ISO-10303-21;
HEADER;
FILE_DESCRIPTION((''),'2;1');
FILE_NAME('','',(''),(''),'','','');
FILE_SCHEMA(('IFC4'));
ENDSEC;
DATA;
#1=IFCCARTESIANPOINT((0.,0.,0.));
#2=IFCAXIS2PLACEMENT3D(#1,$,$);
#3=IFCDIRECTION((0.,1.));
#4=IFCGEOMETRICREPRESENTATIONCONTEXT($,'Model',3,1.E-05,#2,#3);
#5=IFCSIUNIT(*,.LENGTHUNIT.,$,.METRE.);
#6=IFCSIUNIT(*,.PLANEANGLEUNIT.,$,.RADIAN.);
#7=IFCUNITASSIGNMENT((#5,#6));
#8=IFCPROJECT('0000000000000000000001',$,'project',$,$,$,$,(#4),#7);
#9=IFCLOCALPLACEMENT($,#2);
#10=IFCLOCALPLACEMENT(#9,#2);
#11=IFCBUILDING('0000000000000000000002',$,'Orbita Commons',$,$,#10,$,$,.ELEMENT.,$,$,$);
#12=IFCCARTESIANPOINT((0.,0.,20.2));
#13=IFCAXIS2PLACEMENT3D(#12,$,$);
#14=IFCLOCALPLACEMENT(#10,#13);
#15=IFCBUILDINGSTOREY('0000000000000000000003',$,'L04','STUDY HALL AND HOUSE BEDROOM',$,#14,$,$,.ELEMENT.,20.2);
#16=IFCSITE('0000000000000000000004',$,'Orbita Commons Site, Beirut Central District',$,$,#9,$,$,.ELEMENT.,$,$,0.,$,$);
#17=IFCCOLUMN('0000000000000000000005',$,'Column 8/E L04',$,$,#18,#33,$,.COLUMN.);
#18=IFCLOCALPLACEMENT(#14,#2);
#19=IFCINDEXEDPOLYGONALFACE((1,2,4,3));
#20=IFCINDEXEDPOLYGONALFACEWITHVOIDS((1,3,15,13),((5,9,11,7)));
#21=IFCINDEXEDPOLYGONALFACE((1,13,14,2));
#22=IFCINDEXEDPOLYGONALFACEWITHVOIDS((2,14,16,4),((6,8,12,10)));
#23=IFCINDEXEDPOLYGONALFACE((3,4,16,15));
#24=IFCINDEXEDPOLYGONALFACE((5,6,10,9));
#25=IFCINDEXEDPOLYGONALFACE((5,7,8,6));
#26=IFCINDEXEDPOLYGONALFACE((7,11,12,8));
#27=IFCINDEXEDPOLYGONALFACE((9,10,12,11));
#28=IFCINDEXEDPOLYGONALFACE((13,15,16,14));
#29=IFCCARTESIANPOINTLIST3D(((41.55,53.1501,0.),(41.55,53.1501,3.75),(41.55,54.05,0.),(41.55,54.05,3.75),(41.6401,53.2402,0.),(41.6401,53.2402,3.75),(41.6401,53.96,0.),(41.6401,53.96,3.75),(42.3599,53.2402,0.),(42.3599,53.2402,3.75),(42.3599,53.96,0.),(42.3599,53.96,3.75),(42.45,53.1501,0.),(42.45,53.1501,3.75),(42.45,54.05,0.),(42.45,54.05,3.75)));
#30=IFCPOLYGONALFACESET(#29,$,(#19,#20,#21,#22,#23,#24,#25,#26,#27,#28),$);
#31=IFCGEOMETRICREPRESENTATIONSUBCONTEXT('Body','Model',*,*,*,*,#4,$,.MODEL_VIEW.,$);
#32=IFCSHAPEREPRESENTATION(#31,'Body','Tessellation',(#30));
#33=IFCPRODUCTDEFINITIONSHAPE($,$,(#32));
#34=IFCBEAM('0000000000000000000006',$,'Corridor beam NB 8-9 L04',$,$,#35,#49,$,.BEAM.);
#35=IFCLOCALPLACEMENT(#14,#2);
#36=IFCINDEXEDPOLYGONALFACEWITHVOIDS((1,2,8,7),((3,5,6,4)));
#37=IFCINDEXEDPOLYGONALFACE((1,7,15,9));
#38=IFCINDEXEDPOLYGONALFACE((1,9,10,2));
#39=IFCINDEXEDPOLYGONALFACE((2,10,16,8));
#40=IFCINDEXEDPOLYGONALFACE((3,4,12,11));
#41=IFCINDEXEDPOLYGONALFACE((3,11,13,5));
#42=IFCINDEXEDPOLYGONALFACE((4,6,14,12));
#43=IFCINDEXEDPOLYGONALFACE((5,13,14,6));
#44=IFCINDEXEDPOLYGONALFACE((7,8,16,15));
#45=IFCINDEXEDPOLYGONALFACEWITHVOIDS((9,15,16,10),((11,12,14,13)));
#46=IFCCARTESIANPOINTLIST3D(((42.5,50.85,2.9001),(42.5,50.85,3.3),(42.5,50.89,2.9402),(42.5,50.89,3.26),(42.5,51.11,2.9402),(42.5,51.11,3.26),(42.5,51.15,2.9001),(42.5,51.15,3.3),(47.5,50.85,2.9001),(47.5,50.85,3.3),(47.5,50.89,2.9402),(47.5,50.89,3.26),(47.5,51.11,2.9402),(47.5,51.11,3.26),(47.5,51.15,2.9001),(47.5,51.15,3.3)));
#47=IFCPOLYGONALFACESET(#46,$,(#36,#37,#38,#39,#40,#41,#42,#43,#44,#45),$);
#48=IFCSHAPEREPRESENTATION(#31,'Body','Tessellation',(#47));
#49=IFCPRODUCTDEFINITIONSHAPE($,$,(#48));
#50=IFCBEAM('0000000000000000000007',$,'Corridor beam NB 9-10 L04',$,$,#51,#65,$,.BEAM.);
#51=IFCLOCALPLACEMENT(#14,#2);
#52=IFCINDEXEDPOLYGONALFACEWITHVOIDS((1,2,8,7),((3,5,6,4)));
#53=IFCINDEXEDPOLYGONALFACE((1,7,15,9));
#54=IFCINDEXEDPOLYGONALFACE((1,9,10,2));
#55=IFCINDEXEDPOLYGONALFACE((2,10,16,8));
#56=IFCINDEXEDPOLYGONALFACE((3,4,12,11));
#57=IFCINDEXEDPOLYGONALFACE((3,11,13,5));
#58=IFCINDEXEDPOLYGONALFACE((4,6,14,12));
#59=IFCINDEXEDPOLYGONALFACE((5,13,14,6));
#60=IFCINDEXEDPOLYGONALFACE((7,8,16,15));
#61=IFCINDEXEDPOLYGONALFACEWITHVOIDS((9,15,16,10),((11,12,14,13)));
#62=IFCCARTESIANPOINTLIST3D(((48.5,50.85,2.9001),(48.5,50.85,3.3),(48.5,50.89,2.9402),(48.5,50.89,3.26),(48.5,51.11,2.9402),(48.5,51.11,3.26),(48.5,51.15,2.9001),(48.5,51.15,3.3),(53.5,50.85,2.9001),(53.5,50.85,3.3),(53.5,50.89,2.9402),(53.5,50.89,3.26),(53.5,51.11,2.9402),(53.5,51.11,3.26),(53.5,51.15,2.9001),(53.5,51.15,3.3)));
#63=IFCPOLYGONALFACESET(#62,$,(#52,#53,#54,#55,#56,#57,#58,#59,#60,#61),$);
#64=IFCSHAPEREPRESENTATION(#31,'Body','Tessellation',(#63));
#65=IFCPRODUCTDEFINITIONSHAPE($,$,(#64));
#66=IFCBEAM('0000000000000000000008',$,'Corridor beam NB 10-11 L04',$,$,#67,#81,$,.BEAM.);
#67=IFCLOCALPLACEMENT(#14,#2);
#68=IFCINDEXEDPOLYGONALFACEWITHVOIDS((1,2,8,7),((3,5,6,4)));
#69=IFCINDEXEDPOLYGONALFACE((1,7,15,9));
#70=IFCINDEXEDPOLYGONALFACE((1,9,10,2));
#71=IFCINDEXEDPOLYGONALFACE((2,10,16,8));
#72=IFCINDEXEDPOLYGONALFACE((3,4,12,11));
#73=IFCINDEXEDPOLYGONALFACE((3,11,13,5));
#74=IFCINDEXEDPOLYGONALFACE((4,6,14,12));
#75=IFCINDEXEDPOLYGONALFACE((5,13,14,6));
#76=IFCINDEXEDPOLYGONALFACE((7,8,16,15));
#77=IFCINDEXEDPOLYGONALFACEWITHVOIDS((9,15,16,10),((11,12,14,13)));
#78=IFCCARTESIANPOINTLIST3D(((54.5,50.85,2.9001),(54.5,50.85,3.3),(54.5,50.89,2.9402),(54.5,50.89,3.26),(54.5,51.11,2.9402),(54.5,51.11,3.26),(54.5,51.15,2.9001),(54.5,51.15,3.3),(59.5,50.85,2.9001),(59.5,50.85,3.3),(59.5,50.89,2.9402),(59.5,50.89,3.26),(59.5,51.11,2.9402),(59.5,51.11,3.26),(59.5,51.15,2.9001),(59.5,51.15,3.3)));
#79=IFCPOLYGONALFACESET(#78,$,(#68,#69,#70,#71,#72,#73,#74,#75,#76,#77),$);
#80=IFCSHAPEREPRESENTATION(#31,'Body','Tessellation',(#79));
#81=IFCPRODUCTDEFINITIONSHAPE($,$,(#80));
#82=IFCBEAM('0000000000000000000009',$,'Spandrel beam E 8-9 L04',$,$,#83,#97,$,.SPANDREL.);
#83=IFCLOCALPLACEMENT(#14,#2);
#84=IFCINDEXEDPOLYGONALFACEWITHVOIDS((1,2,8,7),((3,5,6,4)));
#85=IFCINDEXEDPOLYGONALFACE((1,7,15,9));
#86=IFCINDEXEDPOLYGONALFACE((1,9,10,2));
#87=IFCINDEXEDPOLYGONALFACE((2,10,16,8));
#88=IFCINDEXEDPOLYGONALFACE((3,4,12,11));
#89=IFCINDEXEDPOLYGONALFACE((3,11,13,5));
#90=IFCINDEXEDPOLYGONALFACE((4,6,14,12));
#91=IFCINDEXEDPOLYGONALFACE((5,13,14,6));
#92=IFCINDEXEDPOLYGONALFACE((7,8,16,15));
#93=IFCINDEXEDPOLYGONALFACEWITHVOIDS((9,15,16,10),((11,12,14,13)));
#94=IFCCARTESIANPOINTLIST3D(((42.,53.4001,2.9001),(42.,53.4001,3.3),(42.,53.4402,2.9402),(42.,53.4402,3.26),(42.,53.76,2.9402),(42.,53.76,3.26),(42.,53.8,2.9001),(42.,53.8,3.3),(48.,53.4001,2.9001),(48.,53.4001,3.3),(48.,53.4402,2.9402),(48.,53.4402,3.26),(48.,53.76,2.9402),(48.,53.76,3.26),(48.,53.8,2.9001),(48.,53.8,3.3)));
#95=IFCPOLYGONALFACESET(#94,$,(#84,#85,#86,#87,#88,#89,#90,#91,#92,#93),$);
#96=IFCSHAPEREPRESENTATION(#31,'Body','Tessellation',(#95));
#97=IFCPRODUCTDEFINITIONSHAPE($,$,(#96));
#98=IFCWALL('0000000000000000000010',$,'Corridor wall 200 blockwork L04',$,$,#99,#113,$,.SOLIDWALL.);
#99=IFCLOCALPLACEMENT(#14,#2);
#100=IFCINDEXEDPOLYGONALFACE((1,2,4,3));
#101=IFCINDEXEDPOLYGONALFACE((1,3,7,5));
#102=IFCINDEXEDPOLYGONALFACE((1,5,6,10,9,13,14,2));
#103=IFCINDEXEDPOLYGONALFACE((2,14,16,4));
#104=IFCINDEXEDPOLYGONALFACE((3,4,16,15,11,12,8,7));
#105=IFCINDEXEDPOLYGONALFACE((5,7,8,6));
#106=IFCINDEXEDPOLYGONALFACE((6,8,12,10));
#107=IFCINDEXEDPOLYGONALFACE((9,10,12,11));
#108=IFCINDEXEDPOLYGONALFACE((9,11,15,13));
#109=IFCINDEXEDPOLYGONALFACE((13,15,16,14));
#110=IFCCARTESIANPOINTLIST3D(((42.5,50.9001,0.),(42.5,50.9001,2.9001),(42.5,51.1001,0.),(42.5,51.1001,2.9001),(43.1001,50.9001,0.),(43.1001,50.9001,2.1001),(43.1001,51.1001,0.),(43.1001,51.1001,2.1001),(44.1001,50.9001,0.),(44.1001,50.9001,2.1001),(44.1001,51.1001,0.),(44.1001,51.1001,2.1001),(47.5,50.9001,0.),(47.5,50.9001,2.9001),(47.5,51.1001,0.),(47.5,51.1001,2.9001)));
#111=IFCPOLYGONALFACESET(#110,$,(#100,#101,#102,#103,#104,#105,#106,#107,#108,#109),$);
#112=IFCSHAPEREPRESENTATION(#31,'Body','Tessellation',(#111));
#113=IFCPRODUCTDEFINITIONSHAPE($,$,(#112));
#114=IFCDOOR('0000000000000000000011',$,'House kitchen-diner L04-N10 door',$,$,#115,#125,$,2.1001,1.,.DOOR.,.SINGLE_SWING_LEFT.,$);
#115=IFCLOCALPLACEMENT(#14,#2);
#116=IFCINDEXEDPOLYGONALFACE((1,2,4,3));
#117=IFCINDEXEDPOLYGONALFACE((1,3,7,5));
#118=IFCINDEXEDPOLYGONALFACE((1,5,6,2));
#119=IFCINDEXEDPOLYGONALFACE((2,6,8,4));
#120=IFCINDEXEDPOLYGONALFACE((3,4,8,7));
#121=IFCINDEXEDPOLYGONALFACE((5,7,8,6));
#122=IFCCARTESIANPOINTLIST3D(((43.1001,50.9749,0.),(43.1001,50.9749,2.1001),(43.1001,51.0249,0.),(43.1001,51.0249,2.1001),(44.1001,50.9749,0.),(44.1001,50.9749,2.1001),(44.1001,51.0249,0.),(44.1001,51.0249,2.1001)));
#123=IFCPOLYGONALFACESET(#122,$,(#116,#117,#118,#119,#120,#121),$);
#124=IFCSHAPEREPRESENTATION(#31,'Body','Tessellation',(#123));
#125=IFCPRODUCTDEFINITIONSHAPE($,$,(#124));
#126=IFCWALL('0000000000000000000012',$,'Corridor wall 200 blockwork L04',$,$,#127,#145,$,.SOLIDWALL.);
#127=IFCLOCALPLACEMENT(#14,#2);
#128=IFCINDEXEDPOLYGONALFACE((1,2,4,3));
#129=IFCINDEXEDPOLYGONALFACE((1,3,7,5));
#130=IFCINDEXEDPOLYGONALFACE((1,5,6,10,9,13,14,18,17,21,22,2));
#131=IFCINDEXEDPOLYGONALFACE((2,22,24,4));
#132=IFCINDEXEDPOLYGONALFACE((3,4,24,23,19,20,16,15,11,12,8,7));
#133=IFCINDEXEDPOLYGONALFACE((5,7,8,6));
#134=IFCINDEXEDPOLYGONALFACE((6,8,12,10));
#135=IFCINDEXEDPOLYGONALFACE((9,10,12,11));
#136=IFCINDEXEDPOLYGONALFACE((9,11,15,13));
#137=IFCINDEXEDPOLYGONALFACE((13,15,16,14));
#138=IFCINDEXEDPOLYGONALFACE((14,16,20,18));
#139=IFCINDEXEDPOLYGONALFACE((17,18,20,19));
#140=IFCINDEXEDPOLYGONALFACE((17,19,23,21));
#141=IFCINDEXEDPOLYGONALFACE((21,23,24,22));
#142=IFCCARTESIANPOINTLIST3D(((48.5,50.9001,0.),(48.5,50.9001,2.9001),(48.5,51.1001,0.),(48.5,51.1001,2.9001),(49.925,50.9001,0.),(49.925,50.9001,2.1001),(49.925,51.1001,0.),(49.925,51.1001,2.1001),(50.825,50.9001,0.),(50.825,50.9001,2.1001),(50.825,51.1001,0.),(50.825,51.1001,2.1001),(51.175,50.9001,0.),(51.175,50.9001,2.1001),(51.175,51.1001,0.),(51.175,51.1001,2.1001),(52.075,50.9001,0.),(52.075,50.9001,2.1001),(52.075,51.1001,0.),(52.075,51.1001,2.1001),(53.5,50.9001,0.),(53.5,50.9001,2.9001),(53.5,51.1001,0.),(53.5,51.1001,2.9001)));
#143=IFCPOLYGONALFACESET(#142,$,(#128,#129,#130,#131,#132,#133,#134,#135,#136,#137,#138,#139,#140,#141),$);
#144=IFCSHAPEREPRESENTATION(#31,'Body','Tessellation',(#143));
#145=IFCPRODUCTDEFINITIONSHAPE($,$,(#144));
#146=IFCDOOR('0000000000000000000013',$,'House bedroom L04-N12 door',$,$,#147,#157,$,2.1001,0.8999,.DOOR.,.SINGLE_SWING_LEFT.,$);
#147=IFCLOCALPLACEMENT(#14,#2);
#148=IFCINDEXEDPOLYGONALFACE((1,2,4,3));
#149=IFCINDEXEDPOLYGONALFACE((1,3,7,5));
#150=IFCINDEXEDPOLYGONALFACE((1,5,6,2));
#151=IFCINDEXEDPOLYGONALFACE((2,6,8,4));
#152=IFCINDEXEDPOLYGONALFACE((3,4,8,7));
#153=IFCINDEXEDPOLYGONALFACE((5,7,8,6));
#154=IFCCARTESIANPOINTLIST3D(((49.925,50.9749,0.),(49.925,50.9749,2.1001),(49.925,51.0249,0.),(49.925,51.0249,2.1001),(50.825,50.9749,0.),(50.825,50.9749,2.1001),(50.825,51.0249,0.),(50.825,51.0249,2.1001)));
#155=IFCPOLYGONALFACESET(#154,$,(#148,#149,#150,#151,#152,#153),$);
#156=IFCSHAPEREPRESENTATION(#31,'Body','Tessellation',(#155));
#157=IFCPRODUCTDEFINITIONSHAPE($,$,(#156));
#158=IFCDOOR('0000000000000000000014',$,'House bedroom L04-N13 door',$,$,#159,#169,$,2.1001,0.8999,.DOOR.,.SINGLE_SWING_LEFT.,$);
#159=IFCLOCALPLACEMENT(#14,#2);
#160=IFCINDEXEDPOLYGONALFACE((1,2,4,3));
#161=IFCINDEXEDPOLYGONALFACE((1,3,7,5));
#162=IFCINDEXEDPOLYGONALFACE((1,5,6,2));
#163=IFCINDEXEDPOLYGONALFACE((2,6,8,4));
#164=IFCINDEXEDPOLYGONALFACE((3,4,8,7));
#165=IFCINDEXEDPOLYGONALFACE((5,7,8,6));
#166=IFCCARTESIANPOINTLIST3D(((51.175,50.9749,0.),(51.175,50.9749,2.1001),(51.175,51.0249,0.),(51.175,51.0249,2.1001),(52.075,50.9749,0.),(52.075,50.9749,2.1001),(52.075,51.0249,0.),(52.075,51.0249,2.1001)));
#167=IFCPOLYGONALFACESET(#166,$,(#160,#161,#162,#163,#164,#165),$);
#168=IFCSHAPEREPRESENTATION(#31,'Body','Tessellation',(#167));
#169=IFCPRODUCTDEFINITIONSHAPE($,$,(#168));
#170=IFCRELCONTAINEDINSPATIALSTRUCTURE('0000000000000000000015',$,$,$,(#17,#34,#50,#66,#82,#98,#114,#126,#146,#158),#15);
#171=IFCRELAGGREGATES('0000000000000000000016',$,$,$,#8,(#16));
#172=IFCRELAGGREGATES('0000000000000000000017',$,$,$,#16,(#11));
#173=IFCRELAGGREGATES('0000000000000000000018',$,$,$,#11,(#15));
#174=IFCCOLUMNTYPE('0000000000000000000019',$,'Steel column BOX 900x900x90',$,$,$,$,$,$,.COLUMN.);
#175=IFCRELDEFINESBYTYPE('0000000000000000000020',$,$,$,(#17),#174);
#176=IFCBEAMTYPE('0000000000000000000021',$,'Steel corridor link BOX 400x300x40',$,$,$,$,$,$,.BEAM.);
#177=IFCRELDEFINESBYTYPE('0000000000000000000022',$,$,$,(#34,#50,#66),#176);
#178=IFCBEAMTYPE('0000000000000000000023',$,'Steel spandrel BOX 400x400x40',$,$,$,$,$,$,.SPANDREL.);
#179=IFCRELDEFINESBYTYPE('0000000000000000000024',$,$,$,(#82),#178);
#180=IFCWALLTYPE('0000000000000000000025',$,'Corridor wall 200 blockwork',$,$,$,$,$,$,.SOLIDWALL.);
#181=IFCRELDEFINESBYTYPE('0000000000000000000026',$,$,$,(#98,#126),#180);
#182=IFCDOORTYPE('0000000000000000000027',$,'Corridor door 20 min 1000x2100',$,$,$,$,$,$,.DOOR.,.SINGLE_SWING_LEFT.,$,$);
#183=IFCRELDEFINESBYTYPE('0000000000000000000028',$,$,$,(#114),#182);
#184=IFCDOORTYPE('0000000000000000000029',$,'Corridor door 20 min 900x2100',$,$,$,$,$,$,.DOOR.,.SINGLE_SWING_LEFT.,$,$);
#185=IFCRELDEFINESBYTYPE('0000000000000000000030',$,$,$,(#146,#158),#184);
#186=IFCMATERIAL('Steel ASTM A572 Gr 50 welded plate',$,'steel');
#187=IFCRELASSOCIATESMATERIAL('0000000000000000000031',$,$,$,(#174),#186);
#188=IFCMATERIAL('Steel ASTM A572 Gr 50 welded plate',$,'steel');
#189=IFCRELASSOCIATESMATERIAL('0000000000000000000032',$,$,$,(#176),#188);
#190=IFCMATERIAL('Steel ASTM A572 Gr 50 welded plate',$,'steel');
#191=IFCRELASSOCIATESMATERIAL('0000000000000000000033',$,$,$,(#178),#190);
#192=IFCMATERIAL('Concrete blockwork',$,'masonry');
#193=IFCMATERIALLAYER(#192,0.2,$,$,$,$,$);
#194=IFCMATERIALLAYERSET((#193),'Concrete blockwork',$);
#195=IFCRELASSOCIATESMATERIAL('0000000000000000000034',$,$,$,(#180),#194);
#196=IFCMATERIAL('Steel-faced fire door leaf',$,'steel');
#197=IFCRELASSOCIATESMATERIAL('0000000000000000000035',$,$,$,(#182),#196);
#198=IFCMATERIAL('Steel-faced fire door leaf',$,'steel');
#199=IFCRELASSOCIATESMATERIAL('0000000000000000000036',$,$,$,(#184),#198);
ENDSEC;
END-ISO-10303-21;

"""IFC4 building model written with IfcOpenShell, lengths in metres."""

from ifc_helpers import new_model, si_unit, direction, frame, frame_2d, origin, origin_2d, place, context, subcontext, project, spatial, polyline, rectangle, hollow_rectangle, outline, extrude, material, layer, layer_set, material_profile, profile_set, type_object, element, fill, save


model = new_model("IFC4")

# Units and contexts
model_context = context("Model", 3, precision=1e-05, world=origin(), true_north=direction((0.0, 1.0)))
body_context = subcontext(model_context, "Body", "Model", "MODEL_VIEW")
ifc_project = project(units=[si_unit("LENGTHUNIT", "METRE"), si_unit("PLANEANGLEUNIT", "RADIAN")], contexts=[model_context])

# Site, building, storey
site_placement = place(None, origin())
site = spatial("IfcSite", under=ifc_project, at=site_placement, Name="Orbita Commons Site, Beirut Central District", CompositionType="ELEMENT", RefElevation=0.0)
building_placement = place(site_placement, origin())
building = spatial("IfcBuilding", under=site, at=building_placement, Name="Orbita Commons", CompositionType="ELEMENT")
storey_placement = place(building_placement, frame((0.0, 0.0, 20.2)))
storey = spatial("IfcBuildingStorey", under=building, at=storey_placement, Name="L04", Description="STUDY HALL AND HOUSE BEDROOM", CompositionType="ELEMENT", Elevation=20.2)

# Column
ifc_material_1 = material(Name="Steel ASTM A572 Gr 50 welded plate", Category="steel")
ifc_material_profile_1 = material_profile(ifc_material_1, hollow_rectangle(XDim=0.8999, YDim=0.8999, WallThickness=0.0901, at=origin_2d()), Name="BOX 900x900x90")
ifc_profile_set_1 = profile_set([ifc_material_profile_1], Name="Steel ASTM A572 Gr 50 welded plate")
column_type = type_object("IfcColumnType", Name="Steel column BOX 900x900x90", PredefinedType="COLUMN", material=ifc_profile_set_1)
column_placement = place(storey_placement, frame((42.0, 53.6001, 0.0), z_axis=(0.0, 0.0, 1.0), x_axis=(1.0, 0.0, 0.0)))
element("IfcColumn", 1, at=column_placement, inside=storey, type_object=column_type, Name="Column 8/E L04", PredefinedType="COLUMN", context=body_context, shape_type="SweptSolid", body=[
    extrude(hollow_rectangle(XDim=0.8999, YDim=0.8999, WallThickness=0.0901, at=origin_2d()), origin(), (0.0, 0.0, 1.0), 3.75),
])

# Beams
ifc_material_2 = material(Name="Steel ASTM A572 Gr 50 welded plate", Category="steel")
ifc_material_profile_2 = material_profile(ifc_material_2, hollow_rectangle(XDim=0.3, YDim=0.3999, WallThickness=0.04, at=origin_2d()), Name="BOX 400x300x40")
ifc_profile_set_2 = profile_set([ifc_material_profile_2], Name="Steel ASTM A572 Gr 50 welded plate")
beam_type_1 = type_object("IfcBeamType", Name="Steel corridor link BOX 400x300x40", PredefinedType="BEAM", material=ifc_profile_set_2)
for number, where, z_axis, x_axis, name in (
    (2, (42.5, 51.0, 3.1001), (1.0, 0.0, 0.0), (0.0, 1.0, 0.0), "Corridor beam NB 8-9 L04"),
    (3, (48.5, 51.0, 3.1001), (1.0, 0.0, 0.0), (0.0, 1.0, 0.0), "Corridor beam NB 9-10 L04"),
    (4, (54.5, 51.0, 3.1001), (1.0, 0.0, 0.0), (0.0, 1.0, 0.0), "Corridor beam NB 10-11 L04"),
):
    element("IfcBeam", number, at=place(storey_placement, frame(where, z_axis=z_axis, x_axis=x_axis)), inside=storey, type_object=beam_type_1, Name=name, PredefinedType="BEAM", context=body_context, shape_type="SweptSolid", body=[
        extrude(hollow_rectangle(XDim=0.3, YDim=0.3999, WallThickness=0.04, at=origin_2d()), origin(), (0.0, 0.0, 1.0), 5.0),
    ])
ifc_material_3 = material(Name="Steel ASTM A572 Gr 50 welded plate", Category="steel")
ifc_material_profile_3 = material_profile(ifc_material_3, hollow_rectangle(XDim=0.3999, YDim=0.3999, WallThickness=0.04, at=origin_2d()), Name="BOX 400x400x40")
ifc_profile_set_3 = profile_set([ifc_material_profile_3], Name="Steel ASTM A572 Gr 50 welded plate")
beam_type_2 = type_object("IfcBeamType", Name="Steel spandrel BOX 400x400x40", PredefinedType="SPANDREL", material=ifc_profile_set_3)
beam_placement = place(storey_placement, frame((42.0, 53.6001, 3.1001), z_axis=(1.0, 0.0, 0.0), x_axis=(0.0, 1.0, 0.0)))
element("IfcBeam", 5, at=beam_placement, inside=storey, type_object=beam_type_2, Name="Spandrel beam E 8-9 L04", PredefinedType="SPANDREL", context=body_context, shape_type="SweptSolid", body=[
    extrude(hollow_rectangle(XDim=0.3999, YDim=0.3999, WallThickness=0.04, at=origin_2d()), origin(), (0.0, 0.0, 1.0), 6.0),
])

# Wall, opening, door
ifc_material_4 = material(Name="Concrete blockwork", Category="masonry")
ifc_layer_1 = layer(ifc_material_4, 0.2)
ifc_layer_set_1 = layer_set([ifc_layer_1], Name="Concrete blockwork")
wall_type_1 = type_object("IfcWallType", Name="Corridor wall 200 blockwork", PredefinedType="SOLIDWALL", material=ifc_layer_set_1)
wall_1_placement = place(storey_placement, frame((42.5, 51.0, 0.0), z_axis=(0.0, 0.0, 1.0), x_axis=(1.0, 0.0, 0.0)))
wall_1 = element("IfcWall", 6, at=wall_1_placement, inside=storey, type_object=wall_type_1, Name="Corridor wall 200 blockwork L04", PredefinedType="SOLIDWALL", context=body_context, shape_type="SweptSolid", body=[
    extrude(outline(polyline([(0.0, 0.0), (5.0, 0.0), (5.0, 2.9001), (0.0, 2.9001), (0.0, 0.0)])), frame((0.0, 0.1001, 0.0), z_axis=(0.0, -1.0, 0.0), x_axis=(1.0, 0.0, 0.0)), (0.0, 0.0, 1.0), 0.2),
])
opening_1_placement = place(wall_1_placement, frame((0.6001, 0.0, 0.0)))
opening_1 = element("IfcOpeningElement", 7, at=opening_1_placement, cuts=wall_1, PredefinedType="OPENING", context=body_context, shape_type="SweptSolid", body=[
    extrude(rectangle(XDim=1.0, YDim=2.1001, at=frame_2d((0.5, 1.05))), frame((0.0, 0.1099, 0.0), z_axis=(0.0, -1.0, 0.0), x_axis=(1.0, 0.0, 0.0)), (0.0, 0.0, 1.0), 0.22),
])
ifc_material_5 = material(Name="Steel-faced fire door leaf", Category="steel")
door_type_1 = type_object("IfcDoorType", Name="Corridor door 20 min 1000x2100", OperationType="SINGLE_SWING_LEFT", PredefinedType="DOOR", material=ifc_material_5)
door_1_placement = place(opening_1_placement, origin())
door_1 = element("IfcDoor", 8, at=door_1_placement, inside=storey, type_object=door_type_1, Name="House kitchen-diner L04-N10 door", OperationType="SINGLE_SWING_LEFT", OverallHeight=2.1001, OverallWidth=1.0, PredefinedType="DOOR", context=body_context, shape_type="SweptSolid", body=[
    extrude(rectangle(XDim=1.0, YDim=2.1001, at=frame_2d((0.5, 1.05))), frame((0.0, 0.0249, 0.0), z_axis=(0.0, -1.0, 0.0), x_axis=(1.0, 0.0, 0.0)), (0.0, 0.0, 1.0), 0.05),
])
fill(opening_1, door_1)

# Wall, openings, doors
wall_2_placement = place(storey_placement, frame((48.5, 51.0, 0.0), z_axis=(0.0, 0.0, 1.0), x_axis=(1.0, 0.0, 0.0)))
wall_2 = element("IfcWall", 9, at=wall_2_placement, inside=storey, type_object=wall_type_1, Name="Corridor wall 200 blockwork L04", PredefinedType="SOLIDWALL", context=body_context, shape_type="SweptSolid", body=[
    extrude(outline(polyline([(0.0, 0.0), (5.0, 0.0), (5.0, 2.9001), (0.0, 2.9001), (0.0, 0.0)])), frame((0.0, 0.1001, 0.0), z_axis=(0.0, -1.0, 0.0), x_axis=(1.0, 0.0, 0.0)), (0.0, 0.0, 1.0), 0.2),
])
opening_2_placement = place(wall_2_placement, frame((1.425, 0.0, 0.0)))
opening_2 = element("IfcOpeningElement", 10, at=opening_2_placement, cuts=wall_2, PredefinedType="OPENING", context=body_context, shape_type="SweptSolid", body=[
    extrude(rectangle(XDim=0.8999, YDim=2.1001, at=frame_2d((0.45, 1.05))), frame((0.0, 0.1099, 0.0), z_axis=(0.0, -1.0, 0.0), x_axis=(1.0, 0.0, 0.0)), (0.0, 0.0, 1.0), 0.22),
])
opening_3_placement = place(wall_2_placement, frame((2.675, 0.0, 0.0)))
opening_3 = element("IfcOpeningElement", 11, at=opening_3_placement, cuts=wall_2, PredefinedType="OPENING", context=body_context, shape_type="SweptSolid", body=[
    extrude(rectangle(XDim=0.8999, YDim=2.1001, at=frame_2d((0.45, 1.05))), frame((0.0, 0.1099, 0.0), z_axis=(0.0, -1.0, 0.0), x_axis=(1.0, 0.0, 0.0)), (0.0, 0.0, 1.0), 0.22),
])
ifc_material_6 = material(Name="Steel-faced fire door leaf", Category="steel")
door_type_2 = type_object("IfcDoorType", Name="Corridor door 20 min 900x2100", OperationType="SINGLE_SWING_LEFT", PredefinedType="DOOR", material=ifc_material_6)
door_2_placement = place(opening_2_placement, origin())
door_2 = element("IfcDoor", 12, at=door_2_placement, inside=storey, type_object=door_type_2, Name="House bedroom L04-N12 door", OperationType="SINGLE_SWING_LEFT", OverallHeight=2.1001, OverallWidth=0.8999, PredefinedType="DOOR", context=body_context, shape_type="SweptSolid", body=[
    extrude(rectangle(XDim=0.8999, YDim=2.1001, at=frame_2d((0.45, 1.05))), frame((0.0, 0.0249, 0.0), z_axis=(0.0, -1.0, 0.0), x_axis=(1.0, 0.0, 0.0)), (0.0, 0.0, 1.0), 0.05),
])
fill(opening_2, door_2)
door_3_placement = place(opening_3_placement, origin())
door_3 = element("IfcDoor", 13, at=door_3_placement, inside=storey, type_object=door_type_2, Name="House bedroom L04-N13 door", OperationType="SINGLE_SWING_LEFT", OverallHeight=2.1001, OverallWidth=0.8999, PredefinedType="DOOR", context=body_context, shape_type="SweptSolid", body=[
    extrude(rectangle(XDim=0.8999, YDim=2.1001, at=frame_2d((0.45, 1.05))), frame((0.0, 0.0249, 0.0), z_axis=(0.0, -1.0, 0.0), x_axis=(1.0, 0.0, 0.0)), (0.0, 0.0, 1.0), 0.05),
])
fill(opening_3, door_3)

save(model, "model.ifc")
